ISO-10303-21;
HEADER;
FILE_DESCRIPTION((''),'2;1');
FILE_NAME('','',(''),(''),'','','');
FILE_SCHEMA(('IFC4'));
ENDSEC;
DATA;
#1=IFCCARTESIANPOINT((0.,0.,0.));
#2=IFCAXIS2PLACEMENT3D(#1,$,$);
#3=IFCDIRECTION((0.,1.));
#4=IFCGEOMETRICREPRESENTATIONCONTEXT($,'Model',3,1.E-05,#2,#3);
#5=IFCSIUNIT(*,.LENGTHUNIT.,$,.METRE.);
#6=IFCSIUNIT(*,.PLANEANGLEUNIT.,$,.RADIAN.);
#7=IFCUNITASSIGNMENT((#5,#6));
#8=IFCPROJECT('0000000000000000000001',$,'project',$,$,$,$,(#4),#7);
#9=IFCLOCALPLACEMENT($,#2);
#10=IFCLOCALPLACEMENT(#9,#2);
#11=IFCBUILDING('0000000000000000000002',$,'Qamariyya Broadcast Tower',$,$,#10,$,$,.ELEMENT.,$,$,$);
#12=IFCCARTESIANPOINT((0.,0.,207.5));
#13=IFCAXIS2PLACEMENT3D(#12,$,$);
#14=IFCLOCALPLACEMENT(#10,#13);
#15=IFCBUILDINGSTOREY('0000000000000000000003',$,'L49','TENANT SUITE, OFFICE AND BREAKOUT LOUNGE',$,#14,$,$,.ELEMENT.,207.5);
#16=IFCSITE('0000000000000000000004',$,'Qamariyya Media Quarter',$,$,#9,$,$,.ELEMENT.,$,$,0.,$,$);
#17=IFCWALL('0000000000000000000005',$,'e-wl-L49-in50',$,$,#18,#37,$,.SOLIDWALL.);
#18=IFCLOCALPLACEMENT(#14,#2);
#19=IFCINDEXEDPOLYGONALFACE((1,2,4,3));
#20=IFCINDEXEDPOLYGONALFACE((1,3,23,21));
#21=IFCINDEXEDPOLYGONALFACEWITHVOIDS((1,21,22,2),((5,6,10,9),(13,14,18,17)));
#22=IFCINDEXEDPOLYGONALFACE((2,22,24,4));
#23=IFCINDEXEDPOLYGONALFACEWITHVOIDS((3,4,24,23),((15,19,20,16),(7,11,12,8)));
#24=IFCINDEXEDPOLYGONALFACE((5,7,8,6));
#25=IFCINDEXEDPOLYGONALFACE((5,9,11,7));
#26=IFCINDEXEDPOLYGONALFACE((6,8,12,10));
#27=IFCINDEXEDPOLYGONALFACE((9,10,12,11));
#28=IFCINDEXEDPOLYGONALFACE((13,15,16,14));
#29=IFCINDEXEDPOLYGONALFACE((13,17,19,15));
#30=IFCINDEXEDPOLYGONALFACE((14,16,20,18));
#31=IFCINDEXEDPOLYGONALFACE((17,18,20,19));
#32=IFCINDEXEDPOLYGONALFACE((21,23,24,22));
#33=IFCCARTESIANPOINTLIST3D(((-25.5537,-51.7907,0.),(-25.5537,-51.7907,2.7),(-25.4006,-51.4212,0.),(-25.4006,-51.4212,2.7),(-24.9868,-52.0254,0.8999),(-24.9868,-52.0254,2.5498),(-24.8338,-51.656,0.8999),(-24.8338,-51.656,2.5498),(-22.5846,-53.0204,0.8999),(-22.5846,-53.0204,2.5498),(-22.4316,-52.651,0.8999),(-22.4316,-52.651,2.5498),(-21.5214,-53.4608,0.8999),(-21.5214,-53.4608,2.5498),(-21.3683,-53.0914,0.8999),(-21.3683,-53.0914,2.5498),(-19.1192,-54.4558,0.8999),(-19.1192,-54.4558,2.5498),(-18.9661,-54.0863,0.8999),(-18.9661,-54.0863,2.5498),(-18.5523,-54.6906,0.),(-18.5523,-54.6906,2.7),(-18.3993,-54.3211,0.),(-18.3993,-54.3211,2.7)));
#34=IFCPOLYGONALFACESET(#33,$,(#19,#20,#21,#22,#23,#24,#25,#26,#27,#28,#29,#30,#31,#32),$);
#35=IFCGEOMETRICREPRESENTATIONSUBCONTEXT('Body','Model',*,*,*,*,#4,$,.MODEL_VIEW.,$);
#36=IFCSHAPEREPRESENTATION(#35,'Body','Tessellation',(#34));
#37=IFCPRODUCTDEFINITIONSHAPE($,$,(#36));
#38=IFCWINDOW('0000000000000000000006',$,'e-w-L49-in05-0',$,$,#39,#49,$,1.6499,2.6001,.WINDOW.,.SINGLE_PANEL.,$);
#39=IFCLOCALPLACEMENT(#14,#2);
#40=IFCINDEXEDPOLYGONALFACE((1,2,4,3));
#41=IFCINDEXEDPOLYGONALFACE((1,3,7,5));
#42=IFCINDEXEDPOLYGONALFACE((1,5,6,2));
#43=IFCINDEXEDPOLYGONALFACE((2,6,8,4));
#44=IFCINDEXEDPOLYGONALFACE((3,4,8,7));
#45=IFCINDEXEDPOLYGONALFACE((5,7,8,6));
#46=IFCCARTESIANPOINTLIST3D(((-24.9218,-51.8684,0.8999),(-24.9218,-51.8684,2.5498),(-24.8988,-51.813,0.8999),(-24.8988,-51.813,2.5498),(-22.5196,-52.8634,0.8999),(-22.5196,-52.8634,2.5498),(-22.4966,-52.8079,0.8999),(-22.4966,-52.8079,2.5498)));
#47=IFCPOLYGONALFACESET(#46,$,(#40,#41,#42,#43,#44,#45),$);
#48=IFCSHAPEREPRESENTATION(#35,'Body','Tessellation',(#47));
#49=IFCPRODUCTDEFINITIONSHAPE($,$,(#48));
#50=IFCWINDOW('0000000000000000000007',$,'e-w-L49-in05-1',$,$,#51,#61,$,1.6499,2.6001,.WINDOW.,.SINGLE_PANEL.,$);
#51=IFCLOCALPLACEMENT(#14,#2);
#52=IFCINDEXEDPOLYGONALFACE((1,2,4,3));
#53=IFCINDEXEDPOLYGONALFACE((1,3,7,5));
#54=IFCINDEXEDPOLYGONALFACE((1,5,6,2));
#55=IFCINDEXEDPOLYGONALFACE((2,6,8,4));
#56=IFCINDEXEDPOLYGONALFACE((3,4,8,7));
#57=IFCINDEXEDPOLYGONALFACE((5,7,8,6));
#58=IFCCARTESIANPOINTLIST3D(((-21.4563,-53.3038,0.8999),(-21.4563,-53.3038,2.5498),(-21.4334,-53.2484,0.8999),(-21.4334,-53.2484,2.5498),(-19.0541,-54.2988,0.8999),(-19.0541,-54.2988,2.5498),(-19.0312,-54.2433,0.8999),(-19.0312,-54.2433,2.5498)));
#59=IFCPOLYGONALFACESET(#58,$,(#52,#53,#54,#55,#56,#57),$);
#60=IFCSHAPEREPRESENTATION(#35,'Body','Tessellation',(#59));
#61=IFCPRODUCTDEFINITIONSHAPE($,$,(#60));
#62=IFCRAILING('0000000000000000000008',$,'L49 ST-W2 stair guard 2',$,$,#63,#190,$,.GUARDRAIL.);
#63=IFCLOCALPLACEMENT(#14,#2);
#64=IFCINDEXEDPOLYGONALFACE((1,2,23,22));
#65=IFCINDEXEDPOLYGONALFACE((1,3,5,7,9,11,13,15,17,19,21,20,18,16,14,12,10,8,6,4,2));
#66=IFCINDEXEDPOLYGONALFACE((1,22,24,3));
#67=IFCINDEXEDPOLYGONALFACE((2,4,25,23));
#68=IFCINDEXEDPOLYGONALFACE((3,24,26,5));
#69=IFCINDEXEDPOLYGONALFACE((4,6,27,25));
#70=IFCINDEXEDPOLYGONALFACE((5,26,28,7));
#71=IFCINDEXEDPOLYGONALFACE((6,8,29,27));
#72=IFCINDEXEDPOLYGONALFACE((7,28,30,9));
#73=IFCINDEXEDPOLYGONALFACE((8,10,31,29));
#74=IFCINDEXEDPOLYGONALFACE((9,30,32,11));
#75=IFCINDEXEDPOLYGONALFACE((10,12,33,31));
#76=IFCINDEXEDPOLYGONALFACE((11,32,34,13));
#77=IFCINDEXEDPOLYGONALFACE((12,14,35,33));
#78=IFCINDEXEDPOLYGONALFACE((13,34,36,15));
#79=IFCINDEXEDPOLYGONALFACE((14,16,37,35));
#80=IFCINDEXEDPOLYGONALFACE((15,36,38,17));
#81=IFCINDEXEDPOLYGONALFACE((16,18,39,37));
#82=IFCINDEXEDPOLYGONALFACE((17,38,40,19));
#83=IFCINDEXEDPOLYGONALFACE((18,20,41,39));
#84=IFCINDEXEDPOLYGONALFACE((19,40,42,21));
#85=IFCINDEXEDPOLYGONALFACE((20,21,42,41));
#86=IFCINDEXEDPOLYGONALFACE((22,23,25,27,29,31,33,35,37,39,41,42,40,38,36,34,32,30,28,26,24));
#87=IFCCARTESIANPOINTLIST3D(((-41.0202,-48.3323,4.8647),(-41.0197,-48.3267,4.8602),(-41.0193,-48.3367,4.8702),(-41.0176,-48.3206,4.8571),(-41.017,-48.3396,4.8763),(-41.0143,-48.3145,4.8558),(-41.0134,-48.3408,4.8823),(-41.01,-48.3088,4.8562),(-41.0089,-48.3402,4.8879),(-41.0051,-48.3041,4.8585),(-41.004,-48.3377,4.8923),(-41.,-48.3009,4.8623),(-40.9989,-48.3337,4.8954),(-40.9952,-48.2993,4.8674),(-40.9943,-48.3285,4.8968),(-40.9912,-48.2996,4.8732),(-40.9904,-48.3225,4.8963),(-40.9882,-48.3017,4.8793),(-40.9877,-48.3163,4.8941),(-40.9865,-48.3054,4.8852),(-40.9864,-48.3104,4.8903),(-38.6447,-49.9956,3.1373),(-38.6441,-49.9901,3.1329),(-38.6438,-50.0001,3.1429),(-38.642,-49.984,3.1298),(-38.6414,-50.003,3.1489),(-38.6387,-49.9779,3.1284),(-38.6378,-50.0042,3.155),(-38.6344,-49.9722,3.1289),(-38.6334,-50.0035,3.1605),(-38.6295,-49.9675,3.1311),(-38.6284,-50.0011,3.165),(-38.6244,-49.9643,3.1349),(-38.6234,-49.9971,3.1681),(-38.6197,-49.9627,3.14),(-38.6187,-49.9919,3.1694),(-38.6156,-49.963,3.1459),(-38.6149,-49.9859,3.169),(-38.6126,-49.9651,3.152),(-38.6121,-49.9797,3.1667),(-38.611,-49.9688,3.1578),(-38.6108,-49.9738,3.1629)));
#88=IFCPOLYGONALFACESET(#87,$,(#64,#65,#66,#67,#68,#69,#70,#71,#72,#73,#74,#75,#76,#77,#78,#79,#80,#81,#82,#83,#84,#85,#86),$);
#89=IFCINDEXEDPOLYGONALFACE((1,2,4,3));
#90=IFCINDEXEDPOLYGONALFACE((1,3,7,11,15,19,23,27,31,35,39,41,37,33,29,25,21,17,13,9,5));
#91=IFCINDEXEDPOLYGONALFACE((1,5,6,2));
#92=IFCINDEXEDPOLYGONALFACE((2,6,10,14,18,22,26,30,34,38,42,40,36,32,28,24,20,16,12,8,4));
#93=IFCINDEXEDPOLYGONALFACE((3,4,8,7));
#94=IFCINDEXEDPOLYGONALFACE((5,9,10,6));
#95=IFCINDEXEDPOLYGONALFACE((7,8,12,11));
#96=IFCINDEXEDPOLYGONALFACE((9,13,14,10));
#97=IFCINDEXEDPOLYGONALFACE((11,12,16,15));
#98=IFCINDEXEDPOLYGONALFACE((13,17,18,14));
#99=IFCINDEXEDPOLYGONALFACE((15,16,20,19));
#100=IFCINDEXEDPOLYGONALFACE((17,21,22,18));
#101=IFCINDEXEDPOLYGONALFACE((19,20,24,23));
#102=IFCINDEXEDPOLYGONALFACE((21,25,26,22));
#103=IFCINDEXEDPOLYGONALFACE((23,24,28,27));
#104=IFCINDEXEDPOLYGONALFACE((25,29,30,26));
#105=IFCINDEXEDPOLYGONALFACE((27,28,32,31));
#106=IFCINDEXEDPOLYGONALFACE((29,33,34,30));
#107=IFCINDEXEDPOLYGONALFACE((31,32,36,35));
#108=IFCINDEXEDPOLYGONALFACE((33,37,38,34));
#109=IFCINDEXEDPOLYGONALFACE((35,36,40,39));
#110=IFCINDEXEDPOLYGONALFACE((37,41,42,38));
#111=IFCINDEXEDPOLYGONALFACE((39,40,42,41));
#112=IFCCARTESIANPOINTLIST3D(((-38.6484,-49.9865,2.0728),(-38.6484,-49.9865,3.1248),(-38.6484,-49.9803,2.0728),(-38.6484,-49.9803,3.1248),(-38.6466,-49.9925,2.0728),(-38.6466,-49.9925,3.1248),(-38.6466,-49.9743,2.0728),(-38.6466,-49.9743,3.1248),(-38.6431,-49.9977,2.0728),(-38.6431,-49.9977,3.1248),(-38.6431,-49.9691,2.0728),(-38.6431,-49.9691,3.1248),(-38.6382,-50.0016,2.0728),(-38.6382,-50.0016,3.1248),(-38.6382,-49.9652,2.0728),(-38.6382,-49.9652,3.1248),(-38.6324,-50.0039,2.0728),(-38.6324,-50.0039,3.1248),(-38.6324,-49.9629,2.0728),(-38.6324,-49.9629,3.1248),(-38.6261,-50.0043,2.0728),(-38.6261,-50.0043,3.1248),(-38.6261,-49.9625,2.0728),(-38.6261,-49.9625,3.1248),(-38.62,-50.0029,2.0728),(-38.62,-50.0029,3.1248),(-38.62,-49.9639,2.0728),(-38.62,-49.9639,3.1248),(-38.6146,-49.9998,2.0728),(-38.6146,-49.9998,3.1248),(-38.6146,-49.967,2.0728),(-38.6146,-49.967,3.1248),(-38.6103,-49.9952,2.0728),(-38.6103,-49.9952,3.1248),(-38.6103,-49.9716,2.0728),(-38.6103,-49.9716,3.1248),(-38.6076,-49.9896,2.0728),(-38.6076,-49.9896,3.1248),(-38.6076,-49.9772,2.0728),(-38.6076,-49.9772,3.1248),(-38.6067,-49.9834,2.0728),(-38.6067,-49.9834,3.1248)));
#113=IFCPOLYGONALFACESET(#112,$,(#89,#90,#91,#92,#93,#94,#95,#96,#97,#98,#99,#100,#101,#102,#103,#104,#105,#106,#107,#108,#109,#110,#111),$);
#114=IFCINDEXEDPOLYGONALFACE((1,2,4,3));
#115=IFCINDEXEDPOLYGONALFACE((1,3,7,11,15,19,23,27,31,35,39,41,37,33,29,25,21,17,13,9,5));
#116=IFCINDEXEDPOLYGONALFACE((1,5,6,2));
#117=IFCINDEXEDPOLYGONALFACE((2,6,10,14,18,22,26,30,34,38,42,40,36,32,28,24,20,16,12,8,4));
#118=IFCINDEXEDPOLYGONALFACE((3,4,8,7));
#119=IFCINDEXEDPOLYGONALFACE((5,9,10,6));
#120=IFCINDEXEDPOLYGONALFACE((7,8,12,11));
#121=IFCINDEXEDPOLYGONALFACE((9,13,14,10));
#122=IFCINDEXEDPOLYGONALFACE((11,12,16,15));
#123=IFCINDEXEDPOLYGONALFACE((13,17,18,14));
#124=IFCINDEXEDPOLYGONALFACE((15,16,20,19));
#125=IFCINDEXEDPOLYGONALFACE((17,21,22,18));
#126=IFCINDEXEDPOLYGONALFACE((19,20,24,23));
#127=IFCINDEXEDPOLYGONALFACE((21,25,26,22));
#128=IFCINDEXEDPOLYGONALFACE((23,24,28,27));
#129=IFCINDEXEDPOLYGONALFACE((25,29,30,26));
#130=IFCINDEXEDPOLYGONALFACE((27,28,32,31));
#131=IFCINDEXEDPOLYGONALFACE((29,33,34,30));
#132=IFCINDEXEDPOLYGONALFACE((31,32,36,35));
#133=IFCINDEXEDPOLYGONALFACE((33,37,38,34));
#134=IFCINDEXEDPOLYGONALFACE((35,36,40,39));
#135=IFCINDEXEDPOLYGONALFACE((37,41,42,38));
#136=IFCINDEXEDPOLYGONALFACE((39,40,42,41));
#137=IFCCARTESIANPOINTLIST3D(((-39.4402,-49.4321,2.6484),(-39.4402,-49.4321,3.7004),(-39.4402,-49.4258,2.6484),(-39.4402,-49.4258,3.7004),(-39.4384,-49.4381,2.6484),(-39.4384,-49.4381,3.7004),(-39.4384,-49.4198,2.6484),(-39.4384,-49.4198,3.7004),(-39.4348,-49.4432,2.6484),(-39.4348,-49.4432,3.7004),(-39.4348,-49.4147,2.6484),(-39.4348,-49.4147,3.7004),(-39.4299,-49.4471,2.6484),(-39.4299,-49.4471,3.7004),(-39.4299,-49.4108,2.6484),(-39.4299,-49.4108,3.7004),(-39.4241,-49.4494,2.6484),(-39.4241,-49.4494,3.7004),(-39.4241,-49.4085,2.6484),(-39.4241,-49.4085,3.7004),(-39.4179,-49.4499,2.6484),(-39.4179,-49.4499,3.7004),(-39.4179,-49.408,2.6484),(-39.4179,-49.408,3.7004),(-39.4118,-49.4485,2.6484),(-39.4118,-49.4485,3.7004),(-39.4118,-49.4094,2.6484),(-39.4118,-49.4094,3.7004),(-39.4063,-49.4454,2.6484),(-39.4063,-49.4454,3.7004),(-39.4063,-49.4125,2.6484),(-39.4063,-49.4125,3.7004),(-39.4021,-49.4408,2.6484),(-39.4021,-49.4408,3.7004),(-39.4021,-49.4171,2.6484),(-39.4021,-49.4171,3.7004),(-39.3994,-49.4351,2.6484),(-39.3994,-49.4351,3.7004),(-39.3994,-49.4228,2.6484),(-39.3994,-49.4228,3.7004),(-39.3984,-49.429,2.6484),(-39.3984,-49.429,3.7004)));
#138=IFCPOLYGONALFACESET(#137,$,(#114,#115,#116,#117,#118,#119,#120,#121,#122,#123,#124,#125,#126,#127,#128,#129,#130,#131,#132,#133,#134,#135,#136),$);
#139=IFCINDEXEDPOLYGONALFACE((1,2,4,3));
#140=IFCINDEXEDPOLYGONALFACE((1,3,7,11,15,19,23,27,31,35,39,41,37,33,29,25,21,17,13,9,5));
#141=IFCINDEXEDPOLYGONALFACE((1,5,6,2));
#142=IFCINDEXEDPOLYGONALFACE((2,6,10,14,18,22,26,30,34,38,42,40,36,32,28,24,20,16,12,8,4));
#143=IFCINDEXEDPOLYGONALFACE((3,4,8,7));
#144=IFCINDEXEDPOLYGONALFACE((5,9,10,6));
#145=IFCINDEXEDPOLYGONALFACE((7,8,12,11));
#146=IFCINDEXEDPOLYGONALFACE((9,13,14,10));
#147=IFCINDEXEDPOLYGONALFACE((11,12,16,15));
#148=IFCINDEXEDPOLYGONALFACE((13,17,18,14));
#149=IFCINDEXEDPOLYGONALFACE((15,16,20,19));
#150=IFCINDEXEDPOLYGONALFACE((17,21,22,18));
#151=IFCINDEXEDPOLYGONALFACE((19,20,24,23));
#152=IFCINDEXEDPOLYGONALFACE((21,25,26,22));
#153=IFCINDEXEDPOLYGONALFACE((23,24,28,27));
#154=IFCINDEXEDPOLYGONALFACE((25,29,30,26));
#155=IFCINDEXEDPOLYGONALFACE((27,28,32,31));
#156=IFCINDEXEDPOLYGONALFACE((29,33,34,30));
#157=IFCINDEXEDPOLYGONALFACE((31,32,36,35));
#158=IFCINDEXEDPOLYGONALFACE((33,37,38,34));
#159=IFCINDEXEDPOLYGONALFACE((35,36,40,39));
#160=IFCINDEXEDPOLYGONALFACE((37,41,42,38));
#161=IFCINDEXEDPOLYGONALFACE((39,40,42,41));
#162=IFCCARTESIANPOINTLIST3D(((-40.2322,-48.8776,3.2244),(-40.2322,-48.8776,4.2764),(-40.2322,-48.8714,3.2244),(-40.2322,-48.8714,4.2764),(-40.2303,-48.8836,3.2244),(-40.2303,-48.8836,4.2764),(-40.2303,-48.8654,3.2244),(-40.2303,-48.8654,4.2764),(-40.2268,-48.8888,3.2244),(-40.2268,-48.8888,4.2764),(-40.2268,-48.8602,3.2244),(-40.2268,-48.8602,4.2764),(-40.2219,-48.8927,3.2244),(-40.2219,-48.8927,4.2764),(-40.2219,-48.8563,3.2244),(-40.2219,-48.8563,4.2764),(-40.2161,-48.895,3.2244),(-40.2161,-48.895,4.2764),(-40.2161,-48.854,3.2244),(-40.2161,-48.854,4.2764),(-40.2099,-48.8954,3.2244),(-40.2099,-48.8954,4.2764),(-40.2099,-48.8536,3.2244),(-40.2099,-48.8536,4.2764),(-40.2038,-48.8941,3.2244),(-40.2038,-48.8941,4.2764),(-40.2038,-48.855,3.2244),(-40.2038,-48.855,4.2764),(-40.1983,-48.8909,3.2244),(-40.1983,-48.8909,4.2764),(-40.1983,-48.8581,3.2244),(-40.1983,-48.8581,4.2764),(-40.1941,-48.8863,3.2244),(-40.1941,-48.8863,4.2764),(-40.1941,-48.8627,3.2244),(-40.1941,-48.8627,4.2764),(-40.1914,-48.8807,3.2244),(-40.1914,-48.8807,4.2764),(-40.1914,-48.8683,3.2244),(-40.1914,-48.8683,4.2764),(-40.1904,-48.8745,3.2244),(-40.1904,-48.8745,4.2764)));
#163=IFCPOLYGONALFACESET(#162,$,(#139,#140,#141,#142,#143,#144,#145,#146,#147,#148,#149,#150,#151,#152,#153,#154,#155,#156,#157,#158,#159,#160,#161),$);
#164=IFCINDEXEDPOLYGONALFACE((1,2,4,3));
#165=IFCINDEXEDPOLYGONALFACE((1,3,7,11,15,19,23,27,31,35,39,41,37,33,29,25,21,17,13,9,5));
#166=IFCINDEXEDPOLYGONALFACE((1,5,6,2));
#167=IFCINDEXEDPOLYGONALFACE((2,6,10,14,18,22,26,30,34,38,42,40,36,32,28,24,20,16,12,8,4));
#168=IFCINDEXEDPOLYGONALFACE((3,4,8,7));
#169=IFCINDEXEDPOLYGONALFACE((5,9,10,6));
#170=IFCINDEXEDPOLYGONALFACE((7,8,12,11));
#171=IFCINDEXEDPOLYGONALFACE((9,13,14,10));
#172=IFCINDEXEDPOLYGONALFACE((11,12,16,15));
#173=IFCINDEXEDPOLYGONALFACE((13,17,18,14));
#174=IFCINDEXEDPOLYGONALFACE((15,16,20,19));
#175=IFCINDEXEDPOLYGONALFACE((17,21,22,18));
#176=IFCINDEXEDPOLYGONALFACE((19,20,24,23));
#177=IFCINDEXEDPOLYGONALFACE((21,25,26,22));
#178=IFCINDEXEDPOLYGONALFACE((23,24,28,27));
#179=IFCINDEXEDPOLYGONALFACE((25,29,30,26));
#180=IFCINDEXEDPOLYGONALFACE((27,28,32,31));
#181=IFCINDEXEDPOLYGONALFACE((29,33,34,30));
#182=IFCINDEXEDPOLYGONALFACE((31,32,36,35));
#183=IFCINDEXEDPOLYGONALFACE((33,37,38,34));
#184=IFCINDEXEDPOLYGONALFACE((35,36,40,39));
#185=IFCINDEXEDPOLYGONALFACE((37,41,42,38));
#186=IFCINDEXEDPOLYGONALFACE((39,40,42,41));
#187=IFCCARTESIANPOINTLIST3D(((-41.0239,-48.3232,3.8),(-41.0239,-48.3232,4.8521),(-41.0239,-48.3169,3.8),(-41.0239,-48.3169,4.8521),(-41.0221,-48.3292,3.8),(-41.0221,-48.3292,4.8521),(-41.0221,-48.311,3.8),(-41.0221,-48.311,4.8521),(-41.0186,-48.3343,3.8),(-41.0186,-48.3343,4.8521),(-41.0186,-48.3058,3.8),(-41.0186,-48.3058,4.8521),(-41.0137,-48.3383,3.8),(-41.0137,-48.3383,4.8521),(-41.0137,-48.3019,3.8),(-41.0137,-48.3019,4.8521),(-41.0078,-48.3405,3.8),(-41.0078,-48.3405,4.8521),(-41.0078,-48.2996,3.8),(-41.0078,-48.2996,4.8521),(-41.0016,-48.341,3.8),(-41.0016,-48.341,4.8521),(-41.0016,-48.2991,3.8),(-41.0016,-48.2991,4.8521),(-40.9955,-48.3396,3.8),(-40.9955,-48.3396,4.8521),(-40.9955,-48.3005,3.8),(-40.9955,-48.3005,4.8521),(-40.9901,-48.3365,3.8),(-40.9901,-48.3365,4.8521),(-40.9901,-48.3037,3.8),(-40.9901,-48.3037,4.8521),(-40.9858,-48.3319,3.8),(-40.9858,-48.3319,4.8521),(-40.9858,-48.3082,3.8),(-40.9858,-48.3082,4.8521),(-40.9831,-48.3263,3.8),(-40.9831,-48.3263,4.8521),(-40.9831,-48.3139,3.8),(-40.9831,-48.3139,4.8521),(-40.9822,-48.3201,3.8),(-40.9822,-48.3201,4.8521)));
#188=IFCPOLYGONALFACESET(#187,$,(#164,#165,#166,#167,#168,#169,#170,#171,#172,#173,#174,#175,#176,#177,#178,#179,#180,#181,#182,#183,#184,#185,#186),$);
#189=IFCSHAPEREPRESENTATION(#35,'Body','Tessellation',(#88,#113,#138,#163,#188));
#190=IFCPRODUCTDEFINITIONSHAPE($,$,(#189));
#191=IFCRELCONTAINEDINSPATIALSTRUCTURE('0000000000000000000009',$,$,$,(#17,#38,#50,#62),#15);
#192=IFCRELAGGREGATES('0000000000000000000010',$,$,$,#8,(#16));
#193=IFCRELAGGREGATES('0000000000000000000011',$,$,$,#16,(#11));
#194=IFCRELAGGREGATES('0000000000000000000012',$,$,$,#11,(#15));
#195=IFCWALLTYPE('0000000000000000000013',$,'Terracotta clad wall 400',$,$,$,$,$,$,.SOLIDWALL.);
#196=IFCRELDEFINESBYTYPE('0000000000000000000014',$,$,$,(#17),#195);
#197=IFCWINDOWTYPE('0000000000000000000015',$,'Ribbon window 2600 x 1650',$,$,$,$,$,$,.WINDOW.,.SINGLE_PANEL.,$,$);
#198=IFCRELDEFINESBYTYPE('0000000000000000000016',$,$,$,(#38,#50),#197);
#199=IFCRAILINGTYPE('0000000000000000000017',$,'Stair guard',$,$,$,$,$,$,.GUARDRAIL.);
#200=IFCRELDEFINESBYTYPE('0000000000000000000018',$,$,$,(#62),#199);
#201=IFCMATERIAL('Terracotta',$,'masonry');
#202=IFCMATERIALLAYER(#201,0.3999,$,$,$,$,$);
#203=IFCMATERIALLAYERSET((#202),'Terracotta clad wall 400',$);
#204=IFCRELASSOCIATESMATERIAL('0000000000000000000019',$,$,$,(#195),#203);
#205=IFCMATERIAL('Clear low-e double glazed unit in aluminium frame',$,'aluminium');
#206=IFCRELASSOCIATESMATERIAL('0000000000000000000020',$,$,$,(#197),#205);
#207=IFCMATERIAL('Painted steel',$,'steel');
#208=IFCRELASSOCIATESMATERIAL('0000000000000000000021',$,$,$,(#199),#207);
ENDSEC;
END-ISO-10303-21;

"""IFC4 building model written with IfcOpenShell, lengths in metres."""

from ifc_helpers import new_model, si_unit, direction, frame, frame_2d, origin, origin_2d, place, context, subcontext, project, spatial, rectangle, circle, extrude, material, layer, layer_set, type_object, element, fill, save


model = new_model("IFC4")

# Units and contexts
model_context = context("Model", 3, precision=1e-05, world=origin(), true_north=direction((0.0, 1.0)))
body_context = subcontext(model_context, "Body", "Model", "MODEL_VIEW")
ifc_project = project(units=[si_unit("LENGTHUNIT", "METRE"), si_unit("PLANEANGLEUNIT", "RADIAN")], contexts=[model_context])

# Site, building, storey
site_placement = place(None, origin())
site = spatial("IfcSite", under=ifc_project, at=site_placement, Name="Qamariyya Media Quarter", CompositionType="ELEMENT", RefElevation=0.0)
building_placement = place(site_placement, origin())
building = spatial("IfcBuilding", under=site, at=building_placement, Name="Qamariyya Broadcast Tower", CompositionType="ELEMENT")
storey_placement = place(building_placement, frame((0.0, 0.0, 207.5)))
storey = spatial("IfcBuildingStorey", under=building, at=storey_placement, Name="L49", Description="TENANT SUITE, OFFICE AND BREAKOUT LOUNGE", CompositionType="ELEMENT", Elevation=207.5)

# Wall, openings, windows
ifc_material_1 = material(Name="Terracotta", Category="masonry")
ifc_layer_1 = layer(ifc_material_1, 0.3999)
ifc_layer_set_1 = layer_set([ifc_layer_1], Name="Terracotta clad wall 400")
wall_type_1 = type_object("IfcWallType", Name="Terracotta clad wall 400", PredefinedType="SOLIDWALL", material=ifc_layer_set_1)
ifc_material_2 = material(Name="Clear low-e double glazed unit in aluminium frame", Category="aluminium")
window_type = type_object("IfcWindowType", Name="Ribbon window 2600 x 1650", PartitioningType="SINGLE_PANEL", PredefinedType="WINDOW", material=ifc_material_2)
wall_1_placement = place(storey_placement, frame((-18.4758, -54.5059, 0.0), z_axis=(0.0, 0.0, 1.0), x_axis=(-0.923884, 0.382672, 0.0)))
wall_1 = element("IfcWall", 1, at=wall_1_placement, inside=storey, type_object=wall_type_1, Name="e-wl-L49-in50", PredefinedType="SOLIDWALL", context=body_context, shape_type="SweptSolid", body=[
    extrude(rectangle(XDim=7.5781, YDim=0.3999, at=frame_2d((3.7891, 0.0))), origin(), (0.0, 0.0, 1.0), 2.7),
])
opening_1_placement = place(wall_1_placement, frame((4.3645, 0.0, 0.8999)))
opening_1 = element("IfcOpeningElement", 2, at=opening_1_placement, cuts=wall_1, PredefinedType="OPENING", context=body_context, shape_type="SweptSolid", body=[
    extrude(rectangle(XDim=2.6001, YDim=1.6499, at=frame_2d((1.3, 0.825))), frame((0.0, 0.21, 0.0), z_axis=(0.0, -1.0, 0.0), x_axis=(1.0, 0.0, 0.0)), (0.0, 0.0, 1.0), 0.4199),
])
opening_2_placement = place(wall_1_placement, frame((0.6135, 0.0, 0.8999)))
opening_2 = element("IfcOpeningElement", 3, at=opening_2_placement, cuts=wall_1, PredefinedType="OPENING", context=body_context, shape_type="SweptSolid", body=[
    extrude(rectangle(XDim=2.6001, YDim=1.6499, at=frame_2d((1.3, 0.825))), frame((0.0, 0.21, 0.0), z_axis=(0.0, -1.0, 0.0), x_axis=(1.0, 0.0, 0.0)), (0.0, 0.0, 1.0), 0.4199),
])
window_1_placement = place(opening_1_placement, origin())
window_1 = element("IfcWindow", 4, at=window_1_placement, inside=storey, type_object=window_type, Name="e-w-L49-in05-0", OverallHeight=1.6499, OverallWidth=2.6001, PartitioningType="SINGLE_PANEL", PredefinedType="WINDOW", context=body_context, shape_type="SweptSolid", body=[
    extrude(rectangle(XDim=2.6001, YDim=1.6499, at=frame_2d((1.3, 0.825))), frame((0.0, 0.03, 0.0), z_axis=(0.0, -1.0, 0.0), x_axis=(1.0, 0.0, 0.0)), (0.0, 0.0, 1.0), 0.0601),
])
fill(opening_1, window_1)
window_2_placement = place(opening_2_placement, origin())
window_2 = element("IfcWindow", 5, at=window_2_placement, inside=storey, type_object=window_type, Name="e-w-L49-in05-1", OverallHeight=1.6499, OverallWidth=2.6001, PartitioningType="SINGLE_PANEL", PredefinedType="WINDOW", context=body_context, shape_type="SweptSolid", body=[
    extrude(rectangle(XDim=2.6001, YDim=1.6499, at=frame_2d((1.3, 0.825))), frame((0.0, 0.03, 0.0), z_axis=(0.0, -1.0, 0.0), x_axis=(1.0, 0.0, 0.0)), (0.0, 0.0, 1.0), 0.0601),
])
fill(opening_2, window_2)

# Railing
ifc_material_3 = material(Name="Painted steel", Category="steel")
railing_type = type_object("IfcRailingType", Name="Stair guard", PredefinedType="GUARDRAIL", material=ifc_material_3)
railing_placement = place(storey_placement, frame((-38.6277, -49.9834, 2.0728)))
element("IfcRailing", 6, at=railing_placement, inside=storey, type_object=railing_type, Name="L49 ST-W2 stair guard 2", PredefinedType="GUARDRAIL", context=body_context, shape_type="SweptSolid", body=[
    extrude(circle(Radius=0.0239, at=origin_2d()), frame((0.0, 0.0, 1.0762), z_axis=(-0.70377, 0.492784, 0.511734), x_axis=(-0.573575, -0.819153, 0.0)), (0.0, 0.0, 1.0), 3.3755),
    extrude(circle(Radius=0.021, at=origin_2d()), origin(), (0.0, 0.0, 1.0), 1.052),
    extrude(circle(Radius=0.021, at=origin_2d()), frame((-0.7917, 0.5544, 0.5757)), (0.0, 0.0, 1.0), 1.052),
    extrude(circle(Radius=0.021, at=origin_2d()), frame((-1.5837, 1.1089, 1.1516)), (0.0, 0.0, 1.0), 1.052),
    extrude(circle(Radius=0.021, at=origin_2d()), frame((-2.3755, 1.6633, 1.7273)), (0.0, 0.0, 1.0), 1.052),
])

save(model, "model.ifc")
